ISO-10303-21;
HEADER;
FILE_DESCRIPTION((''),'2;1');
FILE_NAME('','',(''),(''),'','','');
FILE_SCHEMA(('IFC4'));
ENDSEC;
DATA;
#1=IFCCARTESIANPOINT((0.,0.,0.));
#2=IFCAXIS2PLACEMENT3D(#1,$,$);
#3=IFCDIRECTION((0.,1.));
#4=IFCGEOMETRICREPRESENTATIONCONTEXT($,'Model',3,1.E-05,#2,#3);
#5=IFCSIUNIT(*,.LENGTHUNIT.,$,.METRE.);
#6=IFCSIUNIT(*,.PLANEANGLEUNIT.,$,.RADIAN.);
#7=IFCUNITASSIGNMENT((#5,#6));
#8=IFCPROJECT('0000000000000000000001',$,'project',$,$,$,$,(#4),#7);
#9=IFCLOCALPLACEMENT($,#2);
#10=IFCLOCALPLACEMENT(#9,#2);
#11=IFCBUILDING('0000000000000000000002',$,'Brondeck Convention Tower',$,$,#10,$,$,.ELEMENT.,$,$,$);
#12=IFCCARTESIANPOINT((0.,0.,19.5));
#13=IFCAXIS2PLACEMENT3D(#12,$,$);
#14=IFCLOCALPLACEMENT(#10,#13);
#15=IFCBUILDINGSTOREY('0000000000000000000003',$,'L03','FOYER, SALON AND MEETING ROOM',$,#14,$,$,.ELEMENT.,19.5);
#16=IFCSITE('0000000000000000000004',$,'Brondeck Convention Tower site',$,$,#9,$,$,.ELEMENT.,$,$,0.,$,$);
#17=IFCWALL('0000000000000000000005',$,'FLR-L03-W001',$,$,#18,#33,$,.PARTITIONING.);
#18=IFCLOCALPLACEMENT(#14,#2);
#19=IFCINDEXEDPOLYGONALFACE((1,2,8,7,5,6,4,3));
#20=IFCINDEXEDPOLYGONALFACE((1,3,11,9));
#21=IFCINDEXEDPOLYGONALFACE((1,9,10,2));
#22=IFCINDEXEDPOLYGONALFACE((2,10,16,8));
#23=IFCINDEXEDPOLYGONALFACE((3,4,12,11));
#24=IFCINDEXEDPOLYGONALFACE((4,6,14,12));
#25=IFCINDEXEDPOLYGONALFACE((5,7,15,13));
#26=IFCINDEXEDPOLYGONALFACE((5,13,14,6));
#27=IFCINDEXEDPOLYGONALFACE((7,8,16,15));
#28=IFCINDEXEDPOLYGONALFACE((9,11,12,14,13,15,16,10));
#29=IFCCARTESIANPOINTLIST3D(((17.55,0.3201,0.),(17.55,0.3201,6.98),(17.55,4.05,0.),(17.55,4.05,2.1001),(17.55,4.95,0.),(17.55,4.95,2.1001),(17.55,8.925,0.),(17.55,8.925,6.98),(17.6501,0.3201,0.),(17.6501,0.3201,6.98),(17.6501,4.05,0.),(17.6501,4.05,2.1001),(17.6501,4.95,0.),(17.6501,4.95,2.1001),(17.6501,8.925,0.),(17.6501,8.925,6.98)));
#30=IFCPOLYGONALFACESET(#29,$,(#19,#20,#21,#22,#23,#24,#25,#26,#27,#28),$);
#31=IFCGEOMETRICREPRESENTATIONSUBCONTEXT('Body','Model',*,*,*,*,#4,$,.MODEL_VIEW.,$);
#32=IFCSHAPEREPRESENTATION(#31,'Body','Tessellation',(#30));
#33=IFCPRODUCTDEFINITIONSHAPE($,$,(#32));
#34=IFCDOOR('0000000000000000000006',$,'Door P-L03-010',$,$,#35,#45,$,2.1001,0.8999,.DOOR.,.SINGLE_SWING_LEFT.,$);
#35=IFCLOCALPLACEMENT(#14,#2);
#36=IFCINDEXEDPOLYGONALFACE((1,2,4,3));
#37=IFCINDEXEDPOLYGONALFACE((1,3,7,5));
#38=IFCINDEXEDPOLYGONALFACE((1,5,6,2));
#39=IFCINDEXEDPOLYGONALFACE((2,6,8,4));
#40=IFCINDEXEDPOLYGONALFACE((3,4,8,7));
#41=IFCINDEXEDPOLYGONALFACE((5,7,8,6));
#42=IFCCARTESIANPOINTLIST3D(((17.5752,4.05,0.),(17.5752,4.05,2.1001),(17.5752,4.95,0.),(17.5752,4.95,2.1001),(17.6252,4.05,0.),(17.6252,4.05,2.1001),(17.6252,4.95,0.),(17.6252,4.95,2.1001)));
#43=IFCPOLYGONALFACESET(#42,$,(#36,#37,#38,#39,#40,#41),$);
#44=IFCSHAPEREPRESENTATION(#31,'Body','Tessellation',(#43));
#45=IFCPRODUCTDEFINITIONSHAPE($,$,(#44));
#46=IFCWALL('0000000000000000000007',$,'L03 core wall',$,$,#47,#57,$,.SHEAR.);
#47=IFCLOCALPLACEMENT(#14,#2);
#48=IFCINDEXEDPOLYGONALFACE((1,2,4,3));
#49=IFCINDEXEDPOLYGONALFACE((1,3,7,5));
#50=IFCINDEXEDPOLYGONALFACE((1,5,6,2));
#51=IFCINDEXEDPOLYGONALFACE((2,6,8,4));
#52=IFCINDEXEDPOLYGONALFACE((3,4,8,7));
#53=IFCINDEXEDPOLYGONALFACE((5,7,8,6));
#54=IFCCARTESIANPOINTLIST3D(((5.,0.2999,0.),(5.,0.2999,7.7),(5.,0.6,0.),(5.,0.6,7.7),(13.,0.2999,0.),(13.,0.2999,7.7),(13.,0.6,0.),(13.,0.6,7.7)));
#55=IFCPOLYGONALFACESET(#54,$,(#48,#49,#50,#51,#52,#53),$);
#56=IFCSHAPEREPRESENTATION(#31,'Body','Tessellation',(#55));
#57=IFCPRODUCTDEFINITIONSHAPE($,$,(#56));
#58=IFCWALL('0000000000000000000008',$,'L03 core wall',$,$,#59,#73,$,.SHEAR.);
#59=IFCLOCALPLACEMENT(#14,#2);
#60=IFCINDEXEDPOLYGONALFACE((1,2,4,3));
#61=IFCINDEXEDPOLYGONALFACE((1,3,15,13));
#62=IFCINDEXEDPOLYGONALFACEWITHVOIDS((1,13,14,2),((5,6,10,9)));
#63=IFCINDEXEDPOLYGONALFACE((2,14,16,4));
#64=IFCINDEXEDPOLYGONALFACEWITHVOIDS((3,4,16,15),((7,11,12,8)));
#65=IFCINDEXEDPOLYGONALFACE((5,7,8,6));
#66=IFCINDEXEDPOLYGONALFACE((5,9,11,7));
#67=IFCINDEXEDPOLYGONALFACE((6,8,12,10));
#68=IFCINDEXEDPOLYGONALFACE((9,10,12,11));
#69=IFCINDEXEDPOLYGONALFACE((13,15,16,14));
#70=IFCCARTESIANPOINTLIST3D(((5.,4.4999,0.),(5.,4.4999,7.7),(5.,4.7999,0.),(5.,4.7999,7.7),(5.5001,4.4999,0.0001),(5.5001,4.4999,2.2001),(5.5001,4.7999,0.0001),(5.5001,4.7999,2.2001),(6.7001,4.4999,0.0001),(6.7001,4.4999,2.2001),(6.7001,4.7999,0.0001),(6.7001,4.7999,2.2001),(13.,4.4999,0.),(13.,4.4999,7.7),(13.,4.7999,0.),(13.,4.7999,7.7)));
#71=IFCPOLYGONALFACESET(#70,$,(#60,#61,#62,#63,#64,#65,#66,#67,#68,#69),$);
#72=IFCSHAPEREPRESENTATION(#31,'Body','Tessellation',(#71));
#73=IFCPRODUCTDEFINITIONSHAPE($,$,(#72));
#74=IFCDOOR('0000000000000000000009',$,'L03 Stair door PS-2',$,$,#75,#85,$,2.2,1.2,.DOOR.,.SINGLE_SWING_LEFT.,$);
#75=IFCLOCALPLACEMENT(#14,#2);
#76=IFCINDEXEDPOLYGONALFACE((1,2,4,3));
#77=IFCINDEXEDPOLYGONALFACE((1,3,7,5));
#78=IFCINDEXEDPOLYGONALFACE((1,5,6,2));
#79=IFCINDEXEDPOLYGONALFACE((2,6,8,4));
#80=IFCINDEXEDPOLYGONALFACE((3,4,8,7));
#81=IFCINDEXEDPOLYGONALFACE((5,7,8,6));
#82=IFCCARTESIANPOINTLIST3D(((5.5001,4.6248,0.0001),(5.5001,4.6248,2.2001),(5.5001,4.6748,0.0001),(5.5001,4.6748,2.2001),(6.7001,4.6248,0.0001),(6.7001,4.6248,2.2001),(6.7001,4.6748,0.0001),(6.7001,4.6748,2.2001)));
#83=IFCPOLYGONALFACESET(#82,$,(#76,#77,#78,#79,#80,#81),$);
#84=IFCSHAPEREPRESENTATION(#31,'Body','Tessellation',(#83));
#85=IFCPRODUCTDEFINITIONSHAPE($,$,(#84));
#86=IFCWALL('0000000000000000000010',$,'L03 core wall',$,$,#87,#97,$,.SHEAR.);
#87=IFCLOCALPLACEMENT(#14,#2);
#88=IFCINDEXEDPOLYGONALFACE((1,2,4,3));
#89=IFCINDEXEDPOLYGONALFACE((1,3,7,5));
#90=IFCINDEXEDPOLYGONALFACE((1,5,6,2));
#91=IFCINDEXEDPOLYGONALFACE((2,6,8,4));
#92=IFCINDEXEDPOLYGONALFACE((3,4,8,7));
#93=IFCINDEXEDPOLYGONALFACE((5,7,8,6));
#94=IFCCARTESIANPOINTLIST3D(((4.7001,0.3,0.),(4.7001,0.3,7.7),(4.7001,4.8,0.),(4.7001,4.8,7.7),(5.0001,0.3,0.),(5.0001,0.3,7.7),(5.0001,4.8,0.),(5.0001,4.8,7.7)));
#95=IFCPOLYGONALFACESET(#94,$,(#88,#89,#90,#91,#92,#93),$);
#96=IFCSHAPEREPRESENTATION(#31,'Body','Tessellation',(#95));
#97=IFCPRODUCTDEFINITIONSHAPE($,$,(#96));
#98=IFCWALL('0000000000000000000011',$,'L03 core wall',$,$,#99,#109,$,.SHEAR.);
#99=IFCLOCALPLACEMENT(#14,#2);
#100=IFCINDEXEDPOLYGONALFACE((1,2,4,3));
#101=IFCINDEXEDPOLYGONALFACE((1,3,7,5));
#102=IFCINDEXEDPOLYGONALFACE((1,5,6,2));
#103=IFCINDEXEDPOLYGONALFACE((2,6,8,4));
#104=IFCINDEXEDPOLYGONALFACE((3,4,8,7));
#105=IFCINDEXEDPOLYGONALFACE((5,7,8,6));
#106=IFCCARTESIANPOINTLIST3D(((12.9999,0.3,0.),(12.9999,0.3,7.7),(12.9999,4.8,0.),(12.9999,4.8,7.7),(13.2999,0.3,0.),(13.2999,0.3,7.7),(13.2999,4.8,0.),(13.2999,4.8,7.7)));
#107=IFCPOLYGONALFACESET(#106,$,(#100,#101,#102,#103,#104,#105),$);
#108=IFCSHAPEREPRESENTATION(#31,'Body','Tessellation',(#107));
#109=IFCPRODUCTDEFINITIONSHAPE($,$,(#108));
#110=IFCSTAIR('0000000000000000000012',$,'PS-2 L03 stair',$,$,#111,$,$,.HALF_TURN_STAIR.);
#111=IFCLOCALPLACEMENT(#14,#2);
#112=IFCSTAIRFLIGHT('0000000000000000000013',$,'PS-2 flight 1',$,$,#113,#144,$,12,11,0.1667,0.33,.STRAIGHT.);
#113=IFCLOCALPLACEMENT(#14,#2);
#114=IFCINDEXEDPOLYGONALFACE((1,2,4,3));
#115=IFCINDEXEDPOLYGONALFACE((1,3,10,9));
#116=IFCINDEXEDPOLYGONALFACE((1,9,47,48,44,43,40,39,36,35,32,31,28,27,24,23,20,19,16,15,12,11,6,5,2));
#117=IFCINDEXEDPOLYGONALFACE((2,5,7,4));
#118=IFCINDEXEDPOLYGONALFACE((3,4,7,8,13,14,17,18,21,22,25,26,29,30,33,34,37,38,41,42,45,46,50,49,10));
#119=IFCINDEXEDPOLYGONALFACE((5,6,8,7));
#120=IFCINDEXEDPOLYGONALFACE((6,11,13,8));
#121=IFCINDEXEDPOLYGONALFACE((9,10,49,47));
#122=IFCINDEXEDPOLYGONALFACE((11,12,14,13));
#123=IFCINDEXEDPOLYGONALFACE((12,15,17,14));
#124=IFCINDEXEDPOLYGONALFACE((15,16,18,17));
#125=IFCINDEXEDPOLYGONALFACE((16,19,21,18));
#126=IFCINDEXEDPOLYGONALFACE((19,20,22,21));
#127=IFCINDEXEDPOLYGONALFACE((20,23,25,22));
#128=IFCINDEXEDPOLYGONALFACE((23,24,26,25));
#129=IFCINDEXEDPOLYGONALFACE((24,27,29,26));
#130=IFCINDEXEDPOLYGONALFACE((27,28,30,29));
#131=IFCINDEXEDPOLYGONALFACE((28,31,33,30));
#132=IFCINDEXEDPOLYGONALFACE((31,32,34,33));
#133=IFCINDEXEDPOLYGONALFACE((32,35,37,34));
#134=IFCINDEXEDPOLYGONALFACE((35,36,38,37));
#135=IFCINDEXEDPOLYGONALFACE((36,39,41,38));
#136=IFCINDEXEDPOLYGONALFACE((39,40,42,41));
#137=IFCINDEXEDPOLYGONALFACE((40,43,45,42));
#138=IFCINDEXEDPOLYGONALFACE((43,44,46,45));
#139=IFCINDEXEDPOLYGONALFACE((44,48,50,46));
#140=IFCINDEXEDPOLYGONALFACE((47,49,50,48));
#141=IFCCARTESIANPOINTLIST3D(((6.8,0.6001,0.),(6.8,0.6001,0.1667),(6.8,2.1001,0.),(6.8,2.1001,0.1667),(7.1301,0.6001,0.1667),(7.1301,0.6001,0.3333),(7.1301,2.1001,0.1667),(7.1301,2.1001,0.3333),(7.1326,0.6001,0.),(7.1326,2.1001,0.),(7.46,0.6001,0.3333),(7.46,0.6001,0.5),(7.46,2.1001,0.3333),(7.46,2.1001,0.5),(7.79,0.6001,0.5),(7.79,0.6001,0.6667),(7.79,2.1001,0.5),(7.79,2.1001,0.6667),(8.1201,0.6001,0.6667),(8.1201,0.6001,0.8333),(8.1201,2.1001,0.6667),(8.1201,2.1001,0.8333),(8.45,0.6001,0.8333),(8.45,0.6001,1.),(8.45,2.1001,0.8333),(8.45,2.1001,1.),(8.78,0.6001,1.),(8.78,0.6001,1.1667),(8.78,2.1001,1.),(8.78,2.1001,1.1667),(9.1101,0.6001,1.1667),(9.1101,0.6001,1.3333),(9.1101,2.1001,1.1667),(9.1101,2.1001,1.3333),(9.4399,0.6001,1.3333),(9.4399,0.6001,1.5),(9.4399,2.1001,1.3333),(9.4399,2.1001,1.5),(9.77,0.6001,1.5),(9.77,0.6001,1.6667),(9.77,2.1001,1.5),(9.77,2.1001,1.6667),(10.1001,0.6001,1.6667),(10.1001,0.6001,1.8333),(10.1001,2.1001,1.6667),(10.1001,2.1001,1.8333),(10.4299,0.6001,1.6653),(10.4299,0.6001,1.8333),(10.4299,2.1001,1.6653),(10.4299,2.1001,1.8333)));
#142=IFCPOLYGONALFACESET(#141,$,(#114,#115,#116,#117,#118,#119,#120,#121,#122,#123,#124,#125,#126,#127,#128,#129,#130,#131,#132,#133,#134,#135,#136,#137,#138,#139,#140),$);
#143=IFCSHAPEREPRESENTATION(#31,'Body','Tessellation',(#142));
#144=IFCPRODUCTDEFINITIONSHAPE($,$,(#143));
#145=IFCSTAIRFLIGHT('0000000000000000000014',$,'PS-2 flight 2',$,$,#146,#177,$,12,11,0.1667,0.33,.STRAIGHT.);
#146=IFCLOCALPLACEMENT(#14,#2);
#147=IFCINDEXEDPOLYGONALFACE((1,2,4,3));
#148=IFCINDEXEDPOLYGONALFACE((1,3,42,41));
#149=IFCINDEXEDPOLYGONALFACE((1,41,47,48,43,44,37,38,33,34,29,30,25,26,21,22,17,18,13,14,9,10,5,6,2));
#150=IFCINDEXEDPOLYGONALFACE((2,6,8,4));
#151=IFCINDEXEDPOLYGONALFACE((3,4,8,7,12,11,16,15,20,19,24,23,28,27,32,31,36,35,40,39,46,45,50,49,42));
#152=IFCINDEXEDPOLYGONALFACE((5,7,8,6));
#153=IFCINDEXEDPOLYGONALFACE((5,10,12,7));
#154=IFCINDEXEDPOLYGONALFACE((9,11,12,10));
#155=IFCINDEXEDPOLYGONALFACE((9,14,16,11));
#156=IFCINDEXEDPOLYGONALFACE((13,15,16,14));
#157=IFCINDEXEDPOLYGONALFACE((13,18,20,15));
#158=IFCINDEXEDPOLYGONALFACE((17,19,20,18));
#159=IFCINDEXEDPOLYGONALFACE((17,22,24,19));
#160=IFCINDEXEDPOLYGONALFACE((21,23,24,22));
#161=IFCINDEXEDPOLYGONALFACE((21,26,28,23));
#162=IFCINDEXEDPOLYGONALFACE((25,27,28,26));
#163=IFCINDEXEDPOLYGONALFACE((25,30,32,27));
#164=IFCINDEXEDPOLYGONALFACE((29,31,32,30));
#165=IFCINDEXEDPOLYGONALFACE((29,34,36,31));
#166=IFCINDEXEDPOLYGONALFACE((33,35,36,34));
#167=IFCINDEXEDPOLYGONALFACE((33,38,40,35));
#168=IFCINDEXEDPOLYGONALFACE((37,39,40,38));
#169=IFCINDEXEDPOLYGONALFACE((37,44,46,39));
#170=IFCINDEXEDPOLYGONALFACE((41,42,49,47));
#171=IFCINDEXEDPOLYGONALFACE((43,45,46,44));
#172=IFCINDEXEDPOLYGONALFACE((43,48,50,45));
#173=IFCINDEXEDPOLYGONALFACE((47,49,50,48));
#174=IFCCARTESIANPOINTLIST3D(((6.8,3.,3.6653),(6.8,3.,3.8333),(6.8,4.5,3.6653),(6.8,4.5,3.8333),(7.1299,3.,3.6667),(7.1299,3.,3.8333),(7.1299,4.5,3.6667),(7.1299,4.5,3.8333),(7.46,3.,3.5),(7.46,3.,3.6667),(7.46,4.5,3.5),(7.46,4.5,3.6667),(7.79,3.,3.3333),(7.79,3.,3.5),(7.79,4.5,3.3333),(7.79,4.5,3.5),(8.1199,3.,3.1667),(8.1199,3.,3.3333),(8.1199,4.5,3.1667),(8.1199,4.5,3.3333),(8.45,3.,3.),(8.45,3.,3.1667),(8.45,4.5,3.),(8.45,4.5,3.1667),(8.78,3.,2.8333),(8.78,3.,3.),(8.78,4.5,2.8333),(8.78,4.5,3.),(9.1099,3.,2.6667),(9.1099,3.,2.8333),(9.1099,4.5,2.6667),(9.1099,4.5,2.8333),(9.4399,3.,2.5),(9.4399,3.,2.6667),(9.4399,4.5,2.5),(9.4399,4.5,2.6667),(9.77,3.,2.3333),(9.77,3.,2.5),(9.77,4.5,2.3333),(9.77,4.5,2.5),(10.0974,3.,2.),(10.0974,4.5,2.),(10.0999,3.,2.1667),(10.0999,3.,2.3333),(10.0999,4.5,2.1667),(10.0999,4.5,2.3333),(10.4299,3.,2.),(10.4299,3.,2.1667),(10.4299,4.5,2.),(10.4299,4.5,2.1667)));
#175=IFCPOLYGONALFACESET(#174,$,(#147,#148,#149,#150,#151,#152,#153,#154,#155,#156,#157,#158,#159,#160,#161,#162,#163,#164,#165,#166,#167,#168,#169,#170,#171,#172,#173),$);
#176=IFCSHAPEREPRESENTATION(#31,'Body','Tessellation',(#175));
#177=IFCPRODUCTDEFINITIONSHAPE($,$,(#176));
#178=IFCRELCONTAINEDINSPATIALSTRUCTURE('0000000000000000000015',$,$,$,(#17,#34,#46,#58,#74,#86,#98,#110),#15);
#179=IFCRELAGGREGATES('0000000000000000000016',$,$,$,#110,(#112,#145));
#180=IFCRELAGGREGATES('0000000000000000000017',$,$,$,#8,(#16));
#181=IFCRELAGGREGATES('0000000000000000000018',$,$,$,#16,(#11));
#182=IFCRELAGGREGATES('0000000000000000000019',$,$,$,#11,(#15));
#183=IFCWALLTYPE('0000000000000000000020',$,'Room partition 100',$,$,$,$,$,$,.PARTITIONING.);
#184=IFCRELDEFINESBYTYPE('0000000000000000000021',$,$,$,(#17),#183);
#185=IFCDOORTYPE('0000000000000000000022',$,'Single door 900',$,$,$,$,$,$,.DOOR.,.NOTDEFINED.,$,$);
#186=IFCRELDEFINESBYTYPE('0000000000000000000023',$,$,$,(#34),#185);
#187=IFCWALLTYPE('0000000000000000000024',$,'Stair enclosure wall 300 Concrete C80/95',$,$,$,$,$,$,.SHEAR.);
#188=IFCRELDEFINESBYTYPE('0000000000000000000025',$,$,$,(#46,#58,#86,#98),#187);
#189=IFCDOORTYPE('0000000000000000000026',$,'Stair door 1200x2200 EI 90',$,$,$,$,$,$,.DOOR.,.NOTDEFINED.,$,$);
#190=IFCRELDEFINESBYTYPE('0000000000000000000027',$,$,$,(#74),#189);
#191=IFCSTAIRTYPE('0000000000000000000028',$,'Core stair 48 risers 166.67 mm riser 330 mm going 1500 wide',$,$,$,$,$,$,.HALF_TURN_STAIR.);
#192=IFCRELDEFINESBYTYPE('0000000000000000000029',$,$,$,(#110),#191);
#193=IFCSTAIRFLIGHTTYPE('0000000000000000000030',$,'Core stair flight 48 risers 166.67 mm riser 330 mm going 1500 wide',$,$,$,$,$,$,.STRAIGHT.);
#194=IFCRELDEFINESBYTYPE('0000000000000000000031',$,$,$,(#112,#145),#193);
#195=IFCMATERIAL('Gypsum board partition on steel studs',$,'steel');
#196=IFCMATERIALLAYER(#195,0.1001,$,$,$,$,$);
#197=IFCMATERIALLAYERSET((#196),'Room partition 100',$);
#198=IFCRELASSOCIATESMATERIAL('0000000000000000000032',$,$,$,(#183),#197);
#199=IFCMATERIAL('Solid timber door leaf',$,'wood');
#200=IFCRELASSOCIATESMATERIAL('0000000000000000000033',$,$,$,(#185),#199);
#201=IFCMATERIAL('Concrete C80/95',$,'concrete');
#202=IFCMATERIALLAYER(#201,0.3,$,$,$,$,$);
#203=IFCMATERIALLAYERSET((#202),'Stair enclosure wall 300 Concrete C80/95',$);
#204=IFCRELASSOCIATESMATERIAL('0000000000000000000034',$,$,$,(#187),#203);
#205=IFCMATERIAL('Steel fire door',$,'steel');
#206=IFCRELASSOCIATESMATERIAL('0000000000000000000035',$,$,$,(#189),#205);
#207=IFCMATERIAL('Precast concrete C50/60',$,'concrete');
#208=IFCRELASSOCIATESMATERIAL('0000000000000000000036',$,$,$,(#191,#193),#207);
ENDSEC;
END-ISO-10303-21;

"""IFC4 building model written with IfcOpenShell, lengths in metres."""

from ifc_helpers import new_model, si_unit, direction, frame, frame_2d, origin, place, context, subcontext, project, spatial, polyline, rectangle, outline, extrude, material, layer, layer_set, type_object, element, fill, aggregate, save


model = new_model("IFC4")

# Units and contexts
model_context = context("Model", 3, precision=1e-05, world=origin(), true_north=direction((0.0, 1.0)))
body_context = subcontext(model_context, "Body", "Model", "MODEL_VIEW")
ifc_project = project(units=[si_unit("LENGTHUNIT", "METRE"), si_unit("PLANEANGLEUNIT", "RADIAN")], contexts=[model_context])

# Site, building, storey
site_placement = place(None, origin())
site = spatial("IfcSite", under=ifc_project, at=site_placement, Name="Brondeck Convention Tower site", CompositionType="ELEMENT", RefElevation=0.0)
building_placement = place(site_placement, origin())
building = spatial("IfcBuilding", under=site, at=building_placement, Name="Brondeck Convention Tower", CompositionType="ELEMENT")
storey_placement = place(building_placement, frame((0.0, 0.0, 19.5)))
storey = spatial("IfcBuildingStorey", under=building, at=storey_placement, Name="L03", Description="FOYER, SALON AND MEETING ROOM", CompositionType="ELEMENT", Elevation=19.5)

# Shared definitions
ifc_material_1 = material(Name="Concrete C80/95", Category="concrete")

# Wall, opening, door
ifc_material_2 = material(Name="Gypsum board partition on steel studs", Category="steel")
ifc_layer_1 = layer(ifc_material_2, 0.1001)
ifc_layer_set_1 = layer_set([ifc_layer_1], Name="Room partition 100")
wall_type_1 = type_object("IfcWallType", Name="Room partition 100", PredefinedType="PARTITIONING", material=ifc_layer_set_1)
wall_1_placement = place(storey_placement, frame((17.6001, 0.3201, 0.0), z_axis=(0.0, 0.0, 1.0), x_axis=(0.0, 1.0, 0.0)))
wall_1 = element("IfcWall", 1, at=wall_1_placement, inside=storey, type_object=wall_type_1, Name="FLR-L03-W001", PredefinedType="PARTITIONING", context=body_context, shape_type="SweptSolid", body=[
    extrude(rectangle(XDim=8.605, YDim=0.1001, at=frame_2d((4.3025, 0.0))), origin(), (0.0, 0.0, 1.0), 6.98),
])
opening_1_placement = place(wall_1_placement, frame((3.73, 0.0, 0.0)))
opening_1 = element("IfcOpeningElement", 2, at=opening_1_placement, cuts=wall_1, PredefinedType="OPENING", context=body_context, shape_type="SweptSolid", body=[
    extrude(rectangle(XDim=0.8999, YDim=2.1001, at=frame_2d((0.45, 1.05))), frame((0.0, 0.0601, 0.0), z_axis=(0.0, -1.0, 0.0), x_axis=(1.0, 0.0, 0.0)), (0.0, 0.0, 1.0), 0.1201),
])
ifc_material_3 = material(Name="Solid timber door leaf", Category="wood")
door_type_1 = type_object("IfcDoorType", Name="Single door 900", OperationType="NOTDEFINED", PredefinedType="DOOR", material=ifc_material_3)
door_1_placement = place(opening_1_placement, origin())
door_1 = element("IfcDoor", 3, at=door_1_placement, inside=storey, type_object=door_type_1, Name="Door P-L03-010", OperationType="SINGLE_SWING_LEFT", OverallHeight=2.1001, OverallWidth=0.8999, PredefinedType="DOOR", context=body_context, shape_type="SweptSolid", body=[
    extrude(rectangle(XDim=0.8999, YDim=2.1001, at=frame_2d((0.45, 1.05))), frame((0.0, 0.0249, 0.0), z_axis=(0.0, -1.0, 0.0), x_axis=(1.0, 0.0, 0.0)), (0.0, 0.0, 1.0), 0.05),
])
fill(opening_1, door_1)

# Wall
ifc_layer_2 = layer(ifc_material_1, 0.3)
ifc_layer_set_2 = layer_set([ifc_layer_2], Name="Stair enclosure wall 300 Concrete C80/95")
wall_type_2 = type_object("IfcWallType", Name="Stair enclosure wall 300 Concrete C80/95", PredefinedType="SHEAR", material=ifc_layer_set_2)
wall_2_placement = place(storey_placement, frame((5.0, 0.45, 0.0), z_axis=(0.0, 0.0, 1.0), x_axis=(1.0, 0.0, 0.0)))
element("IfcWall", 4, at=wall_2_placement, inside=storey, type_object=wall_type_2, Name="L03 core wall", PredefinedType="SHEAR", context=body_context, shape_type="SweptSolid", body=[
    extrude(rectangle(XDim=8.0, YDim=0.3, at=frame_2d((4.0, 0.0))), origin(), (0.0, 0.0, 1.0), 7.7),
])

# Wall, opening, door
wall_3_placement = place(storey_placement, frame((5.0, 4.6499, 0.0), z_axis=(0.0, 0.0, 1.0), x_axis=(1.0, 0.0, 0.0)))
wall_3 = element("IfcWall", 5, at=wall_3_placement, inside=storey, type_object=wall_type_2, Name="L03 core wall", PredefinedType="SHEAR", context=body_context, shape_type="SweptSolid", body=[
    extrude(rectangle(XDim=8.0, YDim=0.3, at=frame_2d((4.0, 0.0))), origin(), (0.0, 0.0, 1.0), 7.7),
])
opening_2_placement = place(wall_3_placement, frame((0.5, 0.0, 0.0)))
opening_2 = element("IfcOpeningElement", 6, at=opening_2_placement, cuts=wall_3, PredefinedType="OPENING", context=body_context, shape_type="SweptSolid", body=[
    extrude(rectangle(XDim=1.2, YDim=2.2, at=frame_2d((0.6001, 1.1001))), frame((0.0, 0.1599, 0.0), z_axis=(0.0, -1.0, 0.0), x_axis=(1.0, 0.0, 0.0)), (0.0, 0.0, 1.0), 0.3201),
])
ifc_material_4 = material(Name="Steel fire door", Category="steel")
door_type_2 = type_object("IfcDoorType", Name="Stair door 1200x2200 EI 90", OperationType="NOTDEFINED", PredefinedType="DOOR", material=ifc_material_4)
door_2_placement = place(opening_2_placement, origin())
door_2 = element("IfcDoor", 7, at=door_2_placement, inside=storey, type_object=door_type_2, Name="L03 Stair door PS-2", OperationType="SINGLE_SWING_LEFT", OverallHeight=2.2, OverallWidth=1.2, PredefinedType="DOOR", context=body_context, shape_type="SweptSolid", body=[
    extrude(rectangle(XDim=1.2, YDim=2.2, at=frame_2d((0.6001, 1.1001))), frame((0.0, 0.0249, 0.0), z_axis=(0.0, -1.0, 0.0), x_axis=(1.0, 0.0, 0.0)), (0.0, 0.0, 1.0), 0.05),
])
fill(opening_2, door_2)

# Walls
for number, where, z_axis, x_axis, name in (
    (8, (4.8501, 0.3, 0.0), (0.0, 0.0, 1.0), (0.0, 1.0, 0.0), "L03 core wall"),
    (9, (13.1499, 0.3, 0.0), (0.0, 0.0, 1.0), (0.0, 1.0, 0.0), "L03 core wall"),
):
    element("IfcWall", number, at=place(storey_placement, frame(where, z_axis=z_axis, x_axis=x_axis)), inside=storey, type_object=wall_type_2, Name=name, PredefinedType="SHEAR", context=body_context, shape_type="SweptSolid", body=[
        extrude(rectangle(XDim=4.5, YDim=0.3, at=frame_2d((2.25, 0.0))), origin(), (0.0, 0.0, 1.0), 7.7),
    ])

# Stair, stair flights
ifc_material_5 = material(Name="Precast concrete C50/60", Category="concrete")
stair_type = type_object("IfcStairType", Name="Core stair 48 risers 166.67 mm riser 330 mm going 1500 wide", PredefinedType="HALF_TURN_STAIR", material=ifc_material_5)
stair_placement = place(storey_placement, origin())
stair = element("IfcStair", 10, at=stair_placement, inside=storey, type_object=stair_type, Name="PS-2 L03 stair", PredefinedType="HALF_TURN_STAIR")
stair_flight_type = type_object("IfcStairFlightType", Name="Core stair flight 48 risers 166.67 mm riser 330 mm going 1500 wide", PredefinedType="STRAIGHT", material=ifc_material_5)
stair_flight_1_placement = place(storey_placement, frame((6.8, 1.3501, 0.0), z_axis=(0.0, 0.0, 1.0), x_axis=(1.0, 0.0, 0.0)))
stair_flight_1 = element("IfcStairFlight", 11, at=stair_flight_1_placement, type_object=stair_flight_type, Name="PS-2 flight 1", NumberOfRisers=12, NumberOfTreads=11, PredefinedType="STRAIGHT", RiserHeight=0.1667, TreadLength=0.33, context=body_context, shape_type="SweptSolid", body=[
    extrude(outline(polyline([(0.0, 0.0), (0.0, 0.1667), (0.3301, 0.1667), (0.3301, 0.3333), (0.6599, 0.3333), (0.6599, 0.5), (0.99, 0.5), (0.99, 0.6667), (1.3201, 0.6667), (1.3201, 0.8333), (1.6499, 0.8333), (1.6499, 1.0), (1.98, 1.0), (1.98, 1.1667), (2.3101, 1.1667), (2.3101, 1.3333), (2.6399, 1.3333), (2.6399, 1.5), (2.97, 1.5), (2.97, 1.6667), (3.3, 1.6667), (3.3, 1.8333), (3.6299, 1.8333), (3.6299, 2.0), (3.6299, 1.6653), (0.3325, 0.0), (0.0, 0.0)])), frame((0.0, 0.75, 0.0), z_axis=(0.0, -1.0, 0.0), x_axis=(1.0, 0.0, 0.0)), (0.0, 0.0, 1.0), 1.5),
])
stair_flight_2_placement = place(storey_placement, frame((10.4299, 3.75, 2.0), z_axis=(0.0, 0.0, 1.0), x_axis=(-1.0, 0.0, 0.0)))
stair_flight_2 = element("IfcStairFlight", 12, at=stair_flight_2_placement, type_object=stair_flight_type, Name="PS-2 flight 2", NumberOfRisers=12, NumberOfTreads=11, PredefinedType="STRAIGHT", RiserHeight=0.1667, TreadLength=0.33, context=body_context, shape_type="SweptSolid", body=[
    extrude(outline(polyline([(0.0, 0.0), (0.0, 0.1667), (0.3301, 0.1667), (0.3301, 0.3333), (0.6599, 0.3333), (0.6599, 0.5), (0.99, 0.5), (0.99, 0.6667), (1.3201, 0.6667), (1.3201, 0.8333), (1.6499, 0.8333), (1.6499, 1.0), (1.98, 1.0), (1.98, 1.1667), (2.3101, 1.1667), (2.3101, 1.3333), (2.6399, 1.3333), (2.6399, 1.5), (2.97, 1.5), (2.97, 1.6667), (3.3, 1.6667), (3.3, 1.8333), (3.6299, 1.8333), (3.6299, 2.0), (3.6299, 1.6653), (0.3325, 0.0), (0.0, 0.0)])), frame((0.0, 0.75, 0.0), z_axis=(0.0, -1.0, 0.0), x_axis=(1.0, 0.0, 0.0)), (0.0, 0.0, 1.0), 1.5),
])
aggregate(stair, [stair_flight_1, stair_flight_2])

save(model, "model.ifc")
